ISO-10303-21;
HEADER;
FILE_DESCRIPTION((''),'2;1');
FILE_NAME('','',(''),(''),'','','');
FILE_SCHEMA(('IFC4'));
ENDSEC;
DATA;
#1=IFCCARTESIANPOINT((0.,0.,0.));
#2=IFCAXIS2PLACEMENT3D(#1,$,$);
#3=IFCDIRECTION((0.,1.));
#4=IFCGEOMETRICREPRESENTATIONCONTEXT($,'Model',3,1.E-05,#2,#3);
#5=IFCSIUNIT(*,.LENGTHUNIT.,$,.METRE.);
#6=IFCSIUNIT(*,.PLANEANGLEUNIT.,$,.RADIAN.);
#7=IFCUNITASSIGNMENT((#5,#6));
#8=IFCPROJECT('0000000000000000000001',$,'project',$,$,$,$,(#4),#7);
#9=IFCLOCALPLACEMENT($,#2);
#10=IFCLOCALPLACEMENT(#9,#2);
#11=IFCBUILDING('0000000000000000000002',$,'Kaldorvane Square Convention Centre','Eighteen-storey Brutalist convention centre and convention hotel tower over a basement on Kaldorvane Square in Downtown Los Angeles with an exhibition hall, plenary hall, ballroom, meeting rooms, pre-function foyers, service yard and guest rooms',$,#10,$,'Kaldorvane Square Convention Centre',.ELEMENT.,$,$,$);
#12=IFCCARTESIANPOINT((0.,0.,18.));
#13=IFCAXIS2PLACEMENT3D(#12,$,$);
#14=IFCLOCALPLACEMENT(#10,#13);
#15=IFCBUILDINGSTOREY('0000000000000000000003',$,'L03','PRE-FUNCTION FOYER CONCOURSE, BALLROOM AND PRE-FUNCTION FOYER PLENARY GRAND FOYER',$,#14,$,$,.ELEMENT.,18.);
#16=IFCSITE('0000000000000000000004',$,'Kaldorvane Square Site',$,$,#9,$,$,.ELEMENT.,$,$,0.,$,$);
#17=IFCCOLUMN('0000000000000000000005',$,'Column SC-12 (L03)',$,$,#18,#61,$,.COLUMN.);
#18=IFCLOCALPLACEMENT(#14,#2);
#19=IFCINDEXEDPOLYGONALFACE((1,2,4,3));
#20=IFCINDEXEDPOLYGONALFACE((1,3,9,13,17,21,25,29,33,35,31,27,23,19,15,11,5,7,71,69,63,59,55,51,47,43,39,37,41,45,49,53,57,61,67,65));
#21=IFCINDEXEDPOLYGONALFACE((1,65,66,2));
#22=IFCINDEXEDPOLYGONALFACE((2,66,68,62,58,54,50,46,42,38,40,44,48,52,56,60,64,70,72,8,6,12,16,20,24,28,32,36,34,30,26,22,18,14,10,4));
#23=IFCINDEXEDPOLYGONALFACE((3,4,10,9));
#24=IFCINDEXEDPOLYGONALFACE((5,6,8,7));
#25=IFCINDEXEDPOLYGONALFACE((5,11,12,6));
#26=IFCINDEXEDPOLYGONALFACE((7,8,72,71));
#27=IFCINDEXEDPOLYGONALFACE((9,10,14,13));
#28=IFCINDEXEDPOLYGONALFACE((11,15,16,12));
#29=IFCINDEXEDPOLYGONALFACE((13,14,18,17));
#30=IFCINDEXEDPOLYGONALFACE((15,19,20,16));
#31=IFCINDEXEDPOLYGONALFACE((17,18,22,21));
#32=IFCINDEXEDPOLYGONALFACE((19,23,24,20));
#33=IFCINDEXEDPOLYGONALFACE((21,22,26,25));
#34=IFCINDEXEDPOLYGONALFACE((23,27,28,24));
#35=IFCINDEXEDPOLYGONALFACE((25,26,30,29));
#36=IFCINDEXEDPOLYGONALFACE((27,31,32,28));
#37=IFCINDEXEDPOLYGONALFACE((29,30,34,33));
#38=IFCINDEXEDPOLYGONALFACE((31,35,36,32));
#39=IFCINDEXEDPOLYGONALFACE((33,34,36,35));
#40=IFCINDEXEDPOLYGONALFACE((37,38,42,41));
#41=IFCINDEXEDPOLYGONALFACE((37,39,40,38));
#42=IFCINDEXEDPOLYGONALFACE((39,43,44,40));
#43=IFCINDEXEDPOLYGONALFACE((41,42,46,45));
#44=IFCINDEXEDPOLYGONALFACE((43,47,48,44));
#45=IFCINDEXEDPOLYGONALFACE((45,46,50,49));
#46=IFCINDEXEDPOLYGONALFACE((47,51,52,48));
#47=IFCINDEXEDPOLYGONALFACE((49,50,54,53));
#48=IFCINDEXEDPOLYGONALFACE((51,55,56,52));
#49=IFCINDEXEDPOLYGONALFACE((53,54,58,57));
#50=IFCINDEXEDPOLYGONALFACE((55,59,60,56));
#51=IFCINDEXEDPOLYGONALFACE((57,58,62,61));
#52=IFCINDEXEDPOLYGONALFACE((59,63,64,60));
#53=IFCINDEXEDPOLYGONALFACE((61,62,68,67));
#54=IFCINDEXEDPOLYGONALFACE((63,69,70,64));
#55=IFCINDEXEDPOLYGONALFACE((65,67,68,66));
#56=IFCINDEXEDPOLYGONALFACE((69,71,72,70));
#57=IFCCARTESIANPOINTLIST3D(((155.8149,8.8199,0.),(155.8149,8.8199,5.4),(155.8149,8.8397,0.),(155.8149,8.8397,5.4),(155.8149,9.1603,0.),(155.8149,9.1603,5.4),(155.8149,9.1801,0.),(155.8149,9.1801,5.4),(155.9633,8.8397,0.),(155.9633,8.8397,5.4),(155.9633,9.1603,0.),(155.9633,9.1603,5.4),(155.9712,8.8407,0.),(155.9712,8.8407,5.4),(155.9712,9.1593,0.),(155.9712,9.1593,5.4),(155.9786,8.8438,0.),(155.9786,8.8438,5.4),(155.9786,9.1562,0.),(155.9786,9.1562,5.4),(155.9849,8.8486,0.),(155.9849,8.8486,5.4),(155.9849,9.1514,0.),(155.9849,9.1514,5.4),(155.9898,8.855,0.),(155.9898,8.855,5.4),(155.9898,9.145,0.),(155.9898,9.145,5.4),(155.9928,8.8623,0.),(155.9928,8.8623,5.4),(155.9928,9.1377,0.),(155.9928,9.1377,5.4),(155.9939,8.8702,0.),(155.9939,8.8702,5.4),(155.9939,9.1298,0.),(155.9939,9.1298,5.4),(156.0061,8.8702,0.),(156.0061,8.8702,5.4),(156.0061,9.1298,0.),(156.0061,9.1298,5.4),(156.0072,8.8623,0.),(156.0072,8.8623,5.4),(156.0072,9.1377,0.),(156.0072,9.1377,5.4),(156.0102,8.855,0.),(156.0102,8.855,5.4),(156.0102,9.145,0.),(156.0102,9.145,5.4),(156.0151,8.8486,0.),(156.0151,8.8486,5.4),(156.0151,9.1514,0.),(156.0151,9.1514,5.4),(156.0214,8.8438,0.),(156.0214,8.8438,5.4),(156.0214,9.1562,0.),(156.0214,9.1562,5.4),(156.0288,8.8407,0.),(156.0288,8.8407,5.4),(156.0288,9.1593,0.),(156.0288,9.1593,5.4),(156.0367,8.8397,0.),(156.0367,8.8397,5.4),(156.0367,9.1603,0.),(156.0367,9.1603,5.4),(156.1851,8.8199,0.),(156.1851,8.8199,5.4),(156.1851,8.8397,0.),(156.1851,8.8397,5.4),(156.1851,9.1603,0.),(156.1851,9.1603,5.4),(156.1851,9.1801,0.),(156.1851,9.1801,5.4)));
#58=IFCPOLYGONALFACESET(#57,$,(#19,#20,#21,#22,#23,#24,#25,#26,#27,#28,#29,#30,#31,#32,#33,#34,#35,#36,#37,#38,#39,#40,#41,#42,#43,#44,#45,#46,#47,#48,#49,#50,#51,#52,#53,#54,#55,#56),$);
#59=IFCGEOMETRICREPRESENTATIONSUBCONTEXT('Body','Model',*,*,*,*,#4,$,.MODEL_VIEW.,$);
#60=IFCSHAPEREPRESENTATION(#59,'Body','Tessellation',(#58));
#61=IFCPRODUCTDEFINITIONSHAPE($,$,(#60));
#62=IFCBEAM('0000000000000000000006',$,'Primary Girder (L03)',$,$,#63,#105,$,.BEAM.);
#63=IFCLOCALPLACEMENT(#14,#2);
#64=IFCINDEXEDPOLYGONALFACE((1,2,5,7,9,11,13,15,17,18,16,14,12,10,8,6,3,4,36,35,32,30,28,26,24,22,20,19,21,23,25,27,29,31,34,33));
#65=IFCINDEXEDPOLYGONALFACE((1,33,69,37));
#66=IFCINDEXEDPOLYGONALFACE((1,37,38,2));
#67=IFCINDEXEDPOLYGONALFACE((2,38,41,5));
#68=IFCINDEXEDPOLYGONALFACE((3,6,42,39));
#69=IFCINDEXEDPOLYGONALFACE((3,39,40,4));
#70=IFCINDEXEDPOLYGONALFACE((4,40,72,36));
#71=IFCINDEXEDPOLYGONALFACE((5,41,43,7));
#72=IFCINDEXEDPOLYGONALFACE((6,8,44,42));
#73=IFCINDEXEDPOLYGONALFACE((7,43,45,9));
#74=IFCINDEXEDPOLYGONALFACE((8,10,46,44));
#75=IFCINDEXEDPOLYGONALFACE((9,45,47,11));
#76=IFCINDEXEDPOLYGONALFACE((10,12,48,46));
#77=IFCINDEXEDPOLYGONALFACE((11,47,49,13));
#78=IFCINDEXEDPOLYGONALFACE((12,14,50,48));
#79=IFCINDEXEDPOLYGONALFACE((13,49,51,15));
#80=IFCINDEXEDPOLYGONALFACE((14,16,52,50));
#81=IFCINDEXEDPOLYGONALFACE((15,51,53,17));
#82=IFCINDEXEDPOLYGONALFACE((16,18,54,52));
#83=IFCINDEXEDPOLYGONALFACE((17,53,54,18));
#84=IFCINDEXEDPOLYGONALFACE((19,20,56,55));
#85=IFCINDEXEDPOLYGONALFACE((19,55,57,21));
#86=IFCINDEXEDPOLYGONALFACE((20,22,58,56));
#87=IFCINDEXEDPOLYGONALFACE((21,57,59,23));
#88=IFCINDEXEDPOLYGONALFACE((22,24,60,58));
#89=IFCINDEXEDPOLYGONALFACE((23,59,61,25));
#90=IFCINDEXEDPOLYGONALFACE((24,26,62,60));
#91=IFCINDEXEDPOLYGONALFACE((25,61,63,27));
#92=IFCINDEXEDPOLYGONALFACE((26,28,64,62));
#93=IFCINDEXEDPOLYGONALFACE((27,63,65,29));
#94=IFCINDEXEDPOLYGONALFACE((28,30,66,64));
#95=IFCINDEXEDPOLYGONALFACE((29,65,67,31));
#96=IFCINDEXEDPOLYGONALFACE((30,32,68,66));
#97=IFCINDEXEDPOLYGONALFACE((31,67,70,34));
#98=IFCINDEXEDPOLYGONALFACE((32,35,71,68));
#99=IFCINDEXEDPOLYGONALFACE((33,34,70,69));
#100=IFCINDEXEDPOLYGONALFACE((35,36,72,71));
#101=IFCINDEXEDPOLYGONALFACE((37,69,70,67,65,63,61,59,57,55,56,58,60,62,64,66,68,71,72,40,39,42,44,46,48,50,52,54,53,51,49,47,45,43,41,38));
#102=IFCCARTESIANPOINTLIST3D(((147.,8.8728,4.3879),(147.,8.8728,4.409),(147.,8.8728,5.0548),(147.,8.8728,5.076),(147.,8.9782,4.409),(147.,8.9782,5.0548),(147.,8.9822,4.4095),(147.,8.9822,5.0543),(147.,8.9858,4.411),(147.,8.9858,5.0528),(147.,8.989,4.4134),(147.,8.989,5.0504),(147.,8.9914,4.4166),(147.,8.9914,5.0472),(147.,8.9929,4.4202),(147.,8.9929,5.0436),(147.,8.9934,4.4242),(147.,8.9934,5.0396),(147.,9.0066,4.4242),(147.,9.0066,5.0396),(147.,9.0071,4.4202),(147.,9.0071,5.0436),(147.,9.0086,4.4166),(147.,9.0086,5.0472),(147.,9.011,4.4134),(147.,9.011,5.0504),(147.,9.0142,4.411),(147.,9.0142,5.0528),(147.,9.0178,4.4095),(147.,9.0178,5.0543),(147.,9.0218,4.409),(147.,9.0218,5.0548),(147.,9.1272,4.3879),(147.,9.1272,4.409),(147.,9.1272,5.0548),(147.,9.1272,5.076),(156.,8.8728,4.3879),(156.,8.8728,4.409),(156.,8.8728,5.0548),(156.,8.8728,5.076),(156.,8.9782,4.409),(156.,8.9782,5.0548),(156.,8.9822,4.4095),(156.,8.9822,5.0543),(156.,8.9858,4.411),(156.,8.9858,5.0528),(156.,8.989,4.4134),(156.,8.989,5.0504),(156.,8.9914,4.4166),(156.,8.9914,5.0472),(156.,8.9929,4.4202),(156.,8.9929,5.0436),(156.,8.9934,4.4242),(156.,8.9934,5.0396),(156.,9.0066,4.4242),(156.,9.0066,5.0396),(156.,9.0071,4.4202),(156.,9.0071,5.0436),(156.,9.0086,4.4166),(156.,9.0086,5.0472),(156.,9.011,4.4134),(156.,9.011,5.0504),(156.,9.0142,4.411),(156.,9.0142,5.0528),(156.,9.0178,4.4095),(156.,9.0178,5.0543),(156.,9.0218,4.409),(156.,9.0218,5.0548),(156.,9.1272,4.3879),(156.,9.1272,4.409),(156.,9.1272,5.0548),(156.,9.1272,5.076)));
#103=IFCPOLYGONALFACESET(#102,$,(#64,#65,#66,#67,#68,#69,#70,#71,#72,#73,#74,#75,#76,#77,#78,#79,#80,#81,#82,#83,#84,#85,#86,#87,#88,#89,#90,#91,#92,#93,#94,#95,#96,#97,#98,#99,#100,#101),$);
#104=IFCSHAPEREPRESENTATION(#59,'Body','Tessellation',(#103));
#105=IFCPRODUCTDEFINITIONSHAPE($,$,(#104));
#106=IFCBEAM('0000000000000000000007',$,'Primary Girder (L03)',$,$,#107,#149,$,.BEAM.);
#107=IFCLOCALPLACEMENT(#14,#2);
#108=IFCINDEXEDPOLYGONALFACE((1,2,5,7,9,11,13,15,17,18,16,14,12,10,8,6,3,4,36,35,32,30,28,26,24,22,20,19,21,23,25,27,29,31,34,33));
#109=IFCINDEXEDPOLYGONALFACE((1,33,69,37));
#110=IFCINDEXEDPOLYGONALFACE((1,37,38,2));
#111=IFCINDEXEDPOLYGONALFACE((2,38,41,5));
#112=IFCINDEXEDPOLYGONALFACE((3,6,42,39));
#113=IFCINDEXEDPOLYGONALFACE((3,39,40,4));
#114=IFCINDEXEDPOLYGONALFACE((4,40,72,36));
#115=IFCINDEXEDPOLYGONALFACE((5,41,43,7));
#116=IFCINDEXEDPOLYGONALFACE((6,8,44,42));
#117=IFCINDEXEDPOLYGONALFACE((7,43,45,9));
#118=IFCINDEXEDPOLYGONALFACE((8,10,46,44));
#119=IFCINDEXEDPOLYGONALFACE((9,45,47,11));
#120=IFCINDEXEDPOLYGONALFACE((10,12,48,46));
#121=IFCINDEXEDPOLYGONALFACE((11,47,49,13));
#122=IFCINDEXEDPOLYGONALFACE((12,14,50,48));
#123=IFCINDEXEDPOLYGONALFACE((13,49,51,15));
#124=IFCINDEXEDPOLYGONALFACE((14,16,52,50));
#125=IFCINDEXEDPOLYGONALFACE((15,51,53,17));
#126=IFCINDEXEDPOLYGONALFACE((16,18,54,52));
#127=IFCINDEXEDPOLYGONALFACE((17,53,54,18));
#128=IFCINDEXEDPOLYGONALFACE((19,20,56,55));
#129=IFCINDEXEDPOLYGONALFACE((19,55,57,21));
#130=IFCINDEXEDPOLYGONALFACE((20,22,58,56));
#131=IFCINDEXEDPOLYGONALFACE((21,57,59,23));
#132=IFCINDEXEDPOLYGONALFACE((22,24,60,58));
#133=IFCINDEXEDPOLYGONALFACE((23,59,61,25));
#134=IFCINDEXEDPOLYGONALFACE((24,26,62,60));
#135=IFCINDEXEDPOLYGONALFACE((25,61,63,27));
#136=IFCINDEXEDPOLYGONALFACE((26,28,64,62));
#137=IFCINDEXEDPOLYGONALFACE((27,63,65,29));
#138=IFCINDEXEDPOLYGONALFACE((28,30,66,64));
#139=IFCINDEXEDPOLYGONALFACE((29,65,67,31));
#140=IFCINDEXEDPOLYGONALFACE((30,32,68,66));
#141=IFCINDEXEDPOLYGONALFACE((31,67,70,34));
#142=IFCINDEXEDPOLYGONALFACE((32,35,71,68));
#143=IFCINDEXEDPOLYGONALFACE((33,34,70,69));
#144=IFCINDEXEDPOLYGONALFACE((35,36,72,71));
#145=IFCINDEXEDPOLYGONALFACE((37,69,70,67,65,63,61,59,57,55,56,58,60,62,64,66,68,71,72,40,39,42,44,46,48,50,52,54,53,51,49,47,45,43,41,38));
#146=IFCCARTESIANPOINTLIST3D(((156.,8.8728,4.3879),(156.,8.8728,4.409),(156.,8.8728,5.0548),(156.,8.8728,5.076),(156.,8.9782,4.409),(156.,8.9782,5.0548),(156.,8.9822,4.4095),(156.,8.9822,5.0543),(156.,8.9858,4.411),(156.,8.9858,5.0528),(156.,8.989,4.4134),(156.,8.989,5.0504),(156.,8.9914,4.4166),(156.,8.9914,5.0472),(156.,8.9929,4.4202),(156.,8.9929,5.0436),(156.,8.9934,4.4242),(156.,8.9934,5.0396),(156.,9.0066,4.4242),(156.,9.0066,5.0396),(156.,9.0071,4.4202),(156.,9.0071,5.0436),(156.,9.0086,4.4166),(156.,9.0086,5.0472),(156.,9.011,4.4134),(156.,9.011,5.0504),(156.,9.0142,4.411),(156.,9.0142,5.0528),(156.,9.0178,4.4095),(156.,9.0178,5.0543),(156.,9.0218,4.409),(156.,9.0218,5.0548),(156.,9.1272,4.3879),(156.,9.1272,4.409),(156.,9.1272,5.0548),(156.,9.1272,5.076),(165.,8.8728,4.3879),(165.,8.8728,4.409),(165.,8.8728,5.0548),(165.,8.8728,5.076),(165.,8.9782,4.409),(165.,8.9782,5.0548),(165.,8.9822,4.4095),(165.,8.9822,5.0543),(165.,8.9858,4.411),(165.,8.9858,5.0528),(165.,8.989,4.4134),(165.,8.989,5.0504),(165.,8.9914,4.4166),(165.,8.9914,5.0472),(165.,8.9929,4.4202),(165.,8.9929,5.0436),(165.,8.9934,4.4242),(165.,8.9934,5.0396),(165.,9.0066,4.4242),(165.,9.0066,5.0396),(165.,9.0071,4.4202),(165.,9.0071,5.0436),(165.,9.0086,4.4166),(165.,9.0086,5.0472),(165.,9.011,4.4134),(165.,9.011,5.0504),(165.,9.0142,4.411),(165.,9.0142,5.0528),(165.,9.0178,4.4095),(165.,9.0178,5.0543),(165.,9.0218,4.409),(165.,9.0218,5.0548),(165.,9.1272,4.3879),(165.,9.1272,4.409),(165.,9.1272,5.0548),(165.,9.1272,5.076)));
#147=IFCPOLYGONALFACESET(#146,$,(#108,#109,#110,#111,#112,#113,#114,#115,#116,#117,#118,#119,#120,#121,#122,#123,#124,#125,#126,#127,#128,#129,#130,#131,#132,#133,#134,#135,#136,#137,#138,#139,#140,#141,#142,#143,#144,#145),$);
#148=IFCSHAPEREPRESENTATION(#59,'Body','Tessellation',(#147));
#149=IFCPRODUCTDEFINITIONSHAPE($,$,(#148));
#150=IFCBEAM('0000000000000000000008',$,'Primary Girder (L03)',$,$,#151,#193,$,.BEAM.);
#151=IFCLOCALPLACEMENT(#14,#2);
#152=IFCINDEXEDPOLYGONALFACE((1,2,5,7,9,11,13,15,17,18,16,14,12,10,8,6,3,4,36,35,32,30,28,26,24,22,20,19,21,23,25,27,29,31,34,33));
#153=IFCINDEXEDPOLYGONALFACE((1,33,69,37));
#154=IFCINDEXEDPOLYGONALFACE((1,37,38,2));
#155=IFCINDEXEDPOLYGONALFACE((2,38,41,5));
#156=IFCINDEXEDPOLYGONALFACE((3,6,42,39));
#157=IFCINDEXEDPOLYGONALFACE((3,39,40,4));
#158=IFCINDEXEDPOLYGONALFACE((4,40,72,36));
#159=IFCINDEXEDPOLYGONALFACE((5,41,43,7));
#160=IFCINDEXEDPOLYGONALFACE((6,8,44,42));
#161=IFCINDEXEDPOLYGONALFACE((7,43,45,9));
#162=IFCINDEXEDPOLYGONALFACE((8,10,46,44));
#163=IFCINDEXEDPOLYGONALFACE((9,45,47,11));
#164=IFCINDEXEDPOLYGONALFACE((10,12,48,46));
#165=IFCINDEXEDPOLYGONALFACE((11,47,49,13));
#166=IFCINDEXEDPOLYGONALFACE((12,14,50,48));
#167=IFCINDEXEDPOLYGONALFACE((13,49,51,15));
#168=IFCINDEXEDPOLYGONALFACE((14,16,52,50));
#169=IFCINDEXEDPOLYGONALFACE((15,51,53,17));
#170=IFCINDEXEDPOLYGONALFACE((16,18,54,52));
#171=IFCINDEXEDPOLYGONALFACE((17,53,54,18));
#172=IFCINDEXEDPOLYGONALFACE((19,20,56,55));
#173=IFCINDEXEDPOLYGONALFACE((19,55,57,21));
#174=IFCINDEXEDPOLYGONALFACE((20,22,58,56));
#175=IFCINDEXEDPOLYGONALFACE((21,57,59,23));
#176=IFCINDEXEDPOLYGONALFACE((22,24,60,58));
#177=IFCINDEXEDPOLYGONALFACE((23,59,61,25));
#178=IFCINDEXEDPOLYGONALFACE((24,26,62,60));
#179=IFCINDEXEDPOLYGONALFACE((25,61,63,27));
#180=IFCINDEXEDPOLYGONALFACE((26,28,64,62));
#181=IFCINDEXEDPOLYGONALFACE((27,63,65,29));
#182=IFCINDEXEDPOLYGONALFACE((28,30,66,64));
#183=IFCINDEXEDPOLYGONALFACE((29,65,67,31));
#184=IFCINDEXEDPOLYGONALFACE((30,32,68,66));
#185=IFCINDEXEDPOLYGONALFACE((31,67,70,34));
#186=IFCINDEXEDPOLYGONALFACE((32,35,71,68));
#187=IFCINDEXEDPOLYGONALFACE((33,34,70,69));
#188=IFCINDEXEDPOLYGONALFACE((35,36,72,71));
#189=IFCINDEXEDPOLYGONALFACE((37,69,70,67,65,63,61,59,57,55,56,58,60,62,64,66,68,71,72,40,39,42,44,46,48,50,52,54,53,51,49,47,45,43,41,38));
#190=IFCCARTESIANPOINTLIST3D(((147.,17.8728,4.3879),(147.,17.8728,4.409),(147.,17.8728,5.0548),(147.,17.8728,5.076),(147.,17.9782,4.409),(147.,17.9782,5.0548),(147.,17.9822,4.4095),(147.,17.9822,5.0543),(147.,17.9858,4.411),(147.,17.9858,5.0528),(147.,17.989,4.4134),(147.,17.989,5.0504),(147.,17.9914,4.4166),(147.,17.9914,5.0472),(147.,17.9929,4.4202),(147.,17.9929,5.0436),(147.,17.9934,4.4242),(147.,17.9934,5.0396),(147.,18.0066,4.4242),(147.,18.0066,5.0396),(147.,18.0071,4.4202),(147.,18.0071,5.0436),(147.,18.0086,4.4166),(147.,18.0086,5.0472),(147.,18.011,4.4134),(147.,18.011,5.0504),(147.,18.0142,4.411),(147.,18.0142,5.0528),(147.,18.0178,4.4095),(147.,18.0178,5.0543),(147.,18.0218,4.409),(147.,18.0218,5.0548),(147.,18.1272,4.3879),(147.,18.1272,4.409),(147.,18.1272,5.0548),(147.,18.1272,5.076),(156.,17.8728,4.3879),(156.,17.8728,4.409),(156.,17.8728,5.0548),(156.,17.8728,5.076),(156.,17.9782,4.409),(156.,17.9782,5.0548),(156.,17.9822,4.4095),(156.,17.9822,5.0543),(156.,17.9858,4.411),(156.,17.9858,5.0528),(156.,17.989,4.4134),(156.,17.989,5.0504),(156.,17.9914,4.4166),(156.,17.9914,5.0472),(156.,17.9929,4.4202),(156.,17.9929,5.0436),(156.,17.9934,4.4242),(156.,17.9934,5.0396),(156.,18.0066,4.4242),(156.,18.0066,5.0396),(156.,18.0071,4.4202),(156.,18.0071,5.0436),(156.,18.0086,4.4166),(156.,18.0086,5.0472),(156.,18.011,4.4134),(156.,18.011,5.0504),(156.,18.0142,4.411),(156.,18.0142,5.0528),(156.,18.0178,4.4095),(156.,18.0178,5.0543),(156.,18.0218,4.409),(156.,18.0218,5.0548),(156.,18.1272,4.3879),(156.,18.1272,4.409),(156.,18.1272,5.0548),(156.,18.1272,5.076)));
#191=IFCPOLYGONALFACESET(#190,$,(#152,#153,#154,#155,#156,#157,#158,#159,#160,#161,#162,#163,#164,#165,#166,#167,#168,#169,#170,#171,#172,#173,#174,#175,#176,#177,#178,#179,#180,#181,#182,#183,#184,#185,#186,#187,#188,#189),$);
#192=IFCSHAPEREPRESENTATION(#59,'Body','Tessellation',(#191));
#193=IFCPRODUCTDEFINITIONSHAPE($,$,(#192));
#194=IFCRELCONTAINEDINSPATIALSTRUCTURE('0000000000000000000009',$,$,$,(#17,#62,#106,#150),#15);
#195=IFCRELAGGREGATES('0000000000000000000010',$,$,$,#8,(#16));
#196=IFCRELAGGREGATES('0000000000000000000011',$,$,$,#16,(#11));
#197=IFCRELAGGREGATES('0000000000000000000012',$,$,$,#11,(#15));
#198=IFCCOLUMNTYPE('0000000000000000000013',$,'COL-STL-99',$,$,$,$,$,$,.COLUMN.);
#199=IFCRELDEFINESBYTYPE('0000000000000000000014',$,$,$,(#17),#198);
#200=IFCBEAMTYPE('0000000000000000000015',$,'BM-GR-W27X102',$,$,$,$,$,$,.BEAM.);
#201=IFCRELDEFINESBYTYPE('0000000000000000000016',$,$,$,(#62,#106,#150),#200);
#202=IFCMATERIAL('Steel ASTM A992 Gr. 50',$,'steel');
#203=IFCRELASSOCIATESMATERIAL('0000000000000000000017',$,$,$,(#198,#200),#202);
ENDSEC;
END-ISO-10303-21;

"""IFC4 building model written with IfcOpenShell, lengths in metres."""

from ifc_helpers import new_model, si_unit, direction, frame, origin, origin_2d, place, context, subcontext, project, spatial, i_section, extrude, material, material_profile, profile_set, type_object, element, save


model = new_model("IFC4")

# Units and contexts
model_context = context("Model", 3, precision=1e-05, world=origin(), true_north=direction((0.0, 1.0)))
body_context = subcontext(model_context, "Body", "Model", "MODEL_VIEW")
ifc_project = project(units=[si_unit("LENGTHUNIT", "METRE"), si_unit("PLANEANGLEUNIT", "RADIAN")], contexts=[model_context])

# Site, building, storey
site_placement = place(None, origin())
site = spatial("IfcSite", under=ifc_project, at=site_placement, Name="Kaldorvane Square Site", CompositionType="ELEMENT", RefElevation=0.0)
building_placement = place(site_placement, origin())
building = spatial("IfcBuilding", under=site, at=building_placement, Name="Kaldorvane Square Convention Centre", Description="Eighteen-storey Brutalist convention centre and convention hotel tower over a basement on Kaldorvane Square in Downtown Los Angeles with an exhibition hall, plenary hall, ballroom, meeting rooms, pre-function foyers, service yard and guest rooms", LongName="Kaldorvane Square Convention Centre", CompositionType="ELEMENT")
storey_placement = place(building_placement, frame((0.0, 0.0, 18.0)))
storey = spatial("IfcBuildingStorey", under=building, at=storey_placement, Name="L03", Description="PRE-FUNCTION FOYER CONCOURSE, BALLROOM AND PRE-FUNCTION FOYER PLENARY GRAND FOYER", CompositionType="ELEMENT", Elevation=18.0)

# Column
ifc_material_1 = material(Name="Steel ASTM A992 Gr. 50", Category="steel")
ifc_material_profile_1 = material_profile(ifc_material_1, i_section(OverallWidth=0.3701, OverallDepth=0.3602, WebThickness=0.0123, FlangeThickness=0.0198, FilletRadius=0.0305, at=origin_2d()), Name="W14X99")
ifc_profile_set_1 = profile_set([ifc_material_profile_1], Name="Steel ASTM A992 Gr. 50")
column_type = type_object("IfcColumnType", Name="COL-STL-99", PredefinedType="COLUMN", material=ifc_profile_set_1)
for number, where, z_axis, x_axis, name in (
    (1, (156.0, 9.0, 0.0), (0.0, 0.0, 1.0), (1.0, 0.0, 0.0), "Column SC-12 (L03)"),
):
    element("IfcColumn", number, at=place(storey_placement, frame(where, z_axis=z_axis, x_axis=x_axis)), inside=storey, type_object=column_type, Name=name, PredefinedType="COLUMN", context=body_context, shape_type="SweptSolid", body=[
        extrude(i_section(OverallWidth=0.3701, OverallDepth=0.3602, WebThickness=0.0123, FlangeThickness=0.0198, FilletRadius=0.0305, at=origin_2d()), origin(), (0.0, 0.0, 1.0), 5.4),
    ])

# Beams
ifc_material_profile_2 = material_profile(ifc_material_1, i_section(OverallWidth=0.2544, OverallDepth=0.6881, WebThickness=0.0131, FlangeThickness=0.0211, FilletRadius=0.0152, at=origin_2d()), Name="W27X102")
ifc_profile_set_2 = profile_set([ifc_material_profile_2], Name="Steel ASTM A992 Gr. 50")
beam_type_1 = type_object("IfcBeamType", Name="BM-GR-W27X102", PredefinedType="BEAM", material=ifc_profile_set_2)
for number, where, z_axis, x_axis, name in (
    (2, (147.0, 9.0, 4.7319), (1.0, 0.0, 0.0), (0.0, 1.0, 0.0), "Primary Girder (L03)"),
    (3, (156.0, 9.0, 4.7319), (1.0, 0.0, 0.0), (0.0, 1.0, 0.0), "Primary Girder (L03)"),
    (4, (147.0, 18.0, 4.7319), (1.0, 0.0, 0.0), (0.0, 1.0, 0.0), "Primary Girder (L03)"),
):
    element("IfcBeam", number, at=place(storey_placement, frame(where, z_axis=z_axis, x_axis=x_axis)), inside=storey, type_object=beam_type_1, Name=name, PredefinedType="BEAM", context=body_context, shape_type="SweptSolid", body=[
        extrude(i_section(OverallWidth=0.2544, OverallDepth=0.6881, WebThickness=0.0131, FlangeThickness=0.0211, FilletRadius=0.0152, at=origin_2d()), origin(), (0.0, 0.0, 1.0), 9.0),
    ])

save(model, "model.ifc")
